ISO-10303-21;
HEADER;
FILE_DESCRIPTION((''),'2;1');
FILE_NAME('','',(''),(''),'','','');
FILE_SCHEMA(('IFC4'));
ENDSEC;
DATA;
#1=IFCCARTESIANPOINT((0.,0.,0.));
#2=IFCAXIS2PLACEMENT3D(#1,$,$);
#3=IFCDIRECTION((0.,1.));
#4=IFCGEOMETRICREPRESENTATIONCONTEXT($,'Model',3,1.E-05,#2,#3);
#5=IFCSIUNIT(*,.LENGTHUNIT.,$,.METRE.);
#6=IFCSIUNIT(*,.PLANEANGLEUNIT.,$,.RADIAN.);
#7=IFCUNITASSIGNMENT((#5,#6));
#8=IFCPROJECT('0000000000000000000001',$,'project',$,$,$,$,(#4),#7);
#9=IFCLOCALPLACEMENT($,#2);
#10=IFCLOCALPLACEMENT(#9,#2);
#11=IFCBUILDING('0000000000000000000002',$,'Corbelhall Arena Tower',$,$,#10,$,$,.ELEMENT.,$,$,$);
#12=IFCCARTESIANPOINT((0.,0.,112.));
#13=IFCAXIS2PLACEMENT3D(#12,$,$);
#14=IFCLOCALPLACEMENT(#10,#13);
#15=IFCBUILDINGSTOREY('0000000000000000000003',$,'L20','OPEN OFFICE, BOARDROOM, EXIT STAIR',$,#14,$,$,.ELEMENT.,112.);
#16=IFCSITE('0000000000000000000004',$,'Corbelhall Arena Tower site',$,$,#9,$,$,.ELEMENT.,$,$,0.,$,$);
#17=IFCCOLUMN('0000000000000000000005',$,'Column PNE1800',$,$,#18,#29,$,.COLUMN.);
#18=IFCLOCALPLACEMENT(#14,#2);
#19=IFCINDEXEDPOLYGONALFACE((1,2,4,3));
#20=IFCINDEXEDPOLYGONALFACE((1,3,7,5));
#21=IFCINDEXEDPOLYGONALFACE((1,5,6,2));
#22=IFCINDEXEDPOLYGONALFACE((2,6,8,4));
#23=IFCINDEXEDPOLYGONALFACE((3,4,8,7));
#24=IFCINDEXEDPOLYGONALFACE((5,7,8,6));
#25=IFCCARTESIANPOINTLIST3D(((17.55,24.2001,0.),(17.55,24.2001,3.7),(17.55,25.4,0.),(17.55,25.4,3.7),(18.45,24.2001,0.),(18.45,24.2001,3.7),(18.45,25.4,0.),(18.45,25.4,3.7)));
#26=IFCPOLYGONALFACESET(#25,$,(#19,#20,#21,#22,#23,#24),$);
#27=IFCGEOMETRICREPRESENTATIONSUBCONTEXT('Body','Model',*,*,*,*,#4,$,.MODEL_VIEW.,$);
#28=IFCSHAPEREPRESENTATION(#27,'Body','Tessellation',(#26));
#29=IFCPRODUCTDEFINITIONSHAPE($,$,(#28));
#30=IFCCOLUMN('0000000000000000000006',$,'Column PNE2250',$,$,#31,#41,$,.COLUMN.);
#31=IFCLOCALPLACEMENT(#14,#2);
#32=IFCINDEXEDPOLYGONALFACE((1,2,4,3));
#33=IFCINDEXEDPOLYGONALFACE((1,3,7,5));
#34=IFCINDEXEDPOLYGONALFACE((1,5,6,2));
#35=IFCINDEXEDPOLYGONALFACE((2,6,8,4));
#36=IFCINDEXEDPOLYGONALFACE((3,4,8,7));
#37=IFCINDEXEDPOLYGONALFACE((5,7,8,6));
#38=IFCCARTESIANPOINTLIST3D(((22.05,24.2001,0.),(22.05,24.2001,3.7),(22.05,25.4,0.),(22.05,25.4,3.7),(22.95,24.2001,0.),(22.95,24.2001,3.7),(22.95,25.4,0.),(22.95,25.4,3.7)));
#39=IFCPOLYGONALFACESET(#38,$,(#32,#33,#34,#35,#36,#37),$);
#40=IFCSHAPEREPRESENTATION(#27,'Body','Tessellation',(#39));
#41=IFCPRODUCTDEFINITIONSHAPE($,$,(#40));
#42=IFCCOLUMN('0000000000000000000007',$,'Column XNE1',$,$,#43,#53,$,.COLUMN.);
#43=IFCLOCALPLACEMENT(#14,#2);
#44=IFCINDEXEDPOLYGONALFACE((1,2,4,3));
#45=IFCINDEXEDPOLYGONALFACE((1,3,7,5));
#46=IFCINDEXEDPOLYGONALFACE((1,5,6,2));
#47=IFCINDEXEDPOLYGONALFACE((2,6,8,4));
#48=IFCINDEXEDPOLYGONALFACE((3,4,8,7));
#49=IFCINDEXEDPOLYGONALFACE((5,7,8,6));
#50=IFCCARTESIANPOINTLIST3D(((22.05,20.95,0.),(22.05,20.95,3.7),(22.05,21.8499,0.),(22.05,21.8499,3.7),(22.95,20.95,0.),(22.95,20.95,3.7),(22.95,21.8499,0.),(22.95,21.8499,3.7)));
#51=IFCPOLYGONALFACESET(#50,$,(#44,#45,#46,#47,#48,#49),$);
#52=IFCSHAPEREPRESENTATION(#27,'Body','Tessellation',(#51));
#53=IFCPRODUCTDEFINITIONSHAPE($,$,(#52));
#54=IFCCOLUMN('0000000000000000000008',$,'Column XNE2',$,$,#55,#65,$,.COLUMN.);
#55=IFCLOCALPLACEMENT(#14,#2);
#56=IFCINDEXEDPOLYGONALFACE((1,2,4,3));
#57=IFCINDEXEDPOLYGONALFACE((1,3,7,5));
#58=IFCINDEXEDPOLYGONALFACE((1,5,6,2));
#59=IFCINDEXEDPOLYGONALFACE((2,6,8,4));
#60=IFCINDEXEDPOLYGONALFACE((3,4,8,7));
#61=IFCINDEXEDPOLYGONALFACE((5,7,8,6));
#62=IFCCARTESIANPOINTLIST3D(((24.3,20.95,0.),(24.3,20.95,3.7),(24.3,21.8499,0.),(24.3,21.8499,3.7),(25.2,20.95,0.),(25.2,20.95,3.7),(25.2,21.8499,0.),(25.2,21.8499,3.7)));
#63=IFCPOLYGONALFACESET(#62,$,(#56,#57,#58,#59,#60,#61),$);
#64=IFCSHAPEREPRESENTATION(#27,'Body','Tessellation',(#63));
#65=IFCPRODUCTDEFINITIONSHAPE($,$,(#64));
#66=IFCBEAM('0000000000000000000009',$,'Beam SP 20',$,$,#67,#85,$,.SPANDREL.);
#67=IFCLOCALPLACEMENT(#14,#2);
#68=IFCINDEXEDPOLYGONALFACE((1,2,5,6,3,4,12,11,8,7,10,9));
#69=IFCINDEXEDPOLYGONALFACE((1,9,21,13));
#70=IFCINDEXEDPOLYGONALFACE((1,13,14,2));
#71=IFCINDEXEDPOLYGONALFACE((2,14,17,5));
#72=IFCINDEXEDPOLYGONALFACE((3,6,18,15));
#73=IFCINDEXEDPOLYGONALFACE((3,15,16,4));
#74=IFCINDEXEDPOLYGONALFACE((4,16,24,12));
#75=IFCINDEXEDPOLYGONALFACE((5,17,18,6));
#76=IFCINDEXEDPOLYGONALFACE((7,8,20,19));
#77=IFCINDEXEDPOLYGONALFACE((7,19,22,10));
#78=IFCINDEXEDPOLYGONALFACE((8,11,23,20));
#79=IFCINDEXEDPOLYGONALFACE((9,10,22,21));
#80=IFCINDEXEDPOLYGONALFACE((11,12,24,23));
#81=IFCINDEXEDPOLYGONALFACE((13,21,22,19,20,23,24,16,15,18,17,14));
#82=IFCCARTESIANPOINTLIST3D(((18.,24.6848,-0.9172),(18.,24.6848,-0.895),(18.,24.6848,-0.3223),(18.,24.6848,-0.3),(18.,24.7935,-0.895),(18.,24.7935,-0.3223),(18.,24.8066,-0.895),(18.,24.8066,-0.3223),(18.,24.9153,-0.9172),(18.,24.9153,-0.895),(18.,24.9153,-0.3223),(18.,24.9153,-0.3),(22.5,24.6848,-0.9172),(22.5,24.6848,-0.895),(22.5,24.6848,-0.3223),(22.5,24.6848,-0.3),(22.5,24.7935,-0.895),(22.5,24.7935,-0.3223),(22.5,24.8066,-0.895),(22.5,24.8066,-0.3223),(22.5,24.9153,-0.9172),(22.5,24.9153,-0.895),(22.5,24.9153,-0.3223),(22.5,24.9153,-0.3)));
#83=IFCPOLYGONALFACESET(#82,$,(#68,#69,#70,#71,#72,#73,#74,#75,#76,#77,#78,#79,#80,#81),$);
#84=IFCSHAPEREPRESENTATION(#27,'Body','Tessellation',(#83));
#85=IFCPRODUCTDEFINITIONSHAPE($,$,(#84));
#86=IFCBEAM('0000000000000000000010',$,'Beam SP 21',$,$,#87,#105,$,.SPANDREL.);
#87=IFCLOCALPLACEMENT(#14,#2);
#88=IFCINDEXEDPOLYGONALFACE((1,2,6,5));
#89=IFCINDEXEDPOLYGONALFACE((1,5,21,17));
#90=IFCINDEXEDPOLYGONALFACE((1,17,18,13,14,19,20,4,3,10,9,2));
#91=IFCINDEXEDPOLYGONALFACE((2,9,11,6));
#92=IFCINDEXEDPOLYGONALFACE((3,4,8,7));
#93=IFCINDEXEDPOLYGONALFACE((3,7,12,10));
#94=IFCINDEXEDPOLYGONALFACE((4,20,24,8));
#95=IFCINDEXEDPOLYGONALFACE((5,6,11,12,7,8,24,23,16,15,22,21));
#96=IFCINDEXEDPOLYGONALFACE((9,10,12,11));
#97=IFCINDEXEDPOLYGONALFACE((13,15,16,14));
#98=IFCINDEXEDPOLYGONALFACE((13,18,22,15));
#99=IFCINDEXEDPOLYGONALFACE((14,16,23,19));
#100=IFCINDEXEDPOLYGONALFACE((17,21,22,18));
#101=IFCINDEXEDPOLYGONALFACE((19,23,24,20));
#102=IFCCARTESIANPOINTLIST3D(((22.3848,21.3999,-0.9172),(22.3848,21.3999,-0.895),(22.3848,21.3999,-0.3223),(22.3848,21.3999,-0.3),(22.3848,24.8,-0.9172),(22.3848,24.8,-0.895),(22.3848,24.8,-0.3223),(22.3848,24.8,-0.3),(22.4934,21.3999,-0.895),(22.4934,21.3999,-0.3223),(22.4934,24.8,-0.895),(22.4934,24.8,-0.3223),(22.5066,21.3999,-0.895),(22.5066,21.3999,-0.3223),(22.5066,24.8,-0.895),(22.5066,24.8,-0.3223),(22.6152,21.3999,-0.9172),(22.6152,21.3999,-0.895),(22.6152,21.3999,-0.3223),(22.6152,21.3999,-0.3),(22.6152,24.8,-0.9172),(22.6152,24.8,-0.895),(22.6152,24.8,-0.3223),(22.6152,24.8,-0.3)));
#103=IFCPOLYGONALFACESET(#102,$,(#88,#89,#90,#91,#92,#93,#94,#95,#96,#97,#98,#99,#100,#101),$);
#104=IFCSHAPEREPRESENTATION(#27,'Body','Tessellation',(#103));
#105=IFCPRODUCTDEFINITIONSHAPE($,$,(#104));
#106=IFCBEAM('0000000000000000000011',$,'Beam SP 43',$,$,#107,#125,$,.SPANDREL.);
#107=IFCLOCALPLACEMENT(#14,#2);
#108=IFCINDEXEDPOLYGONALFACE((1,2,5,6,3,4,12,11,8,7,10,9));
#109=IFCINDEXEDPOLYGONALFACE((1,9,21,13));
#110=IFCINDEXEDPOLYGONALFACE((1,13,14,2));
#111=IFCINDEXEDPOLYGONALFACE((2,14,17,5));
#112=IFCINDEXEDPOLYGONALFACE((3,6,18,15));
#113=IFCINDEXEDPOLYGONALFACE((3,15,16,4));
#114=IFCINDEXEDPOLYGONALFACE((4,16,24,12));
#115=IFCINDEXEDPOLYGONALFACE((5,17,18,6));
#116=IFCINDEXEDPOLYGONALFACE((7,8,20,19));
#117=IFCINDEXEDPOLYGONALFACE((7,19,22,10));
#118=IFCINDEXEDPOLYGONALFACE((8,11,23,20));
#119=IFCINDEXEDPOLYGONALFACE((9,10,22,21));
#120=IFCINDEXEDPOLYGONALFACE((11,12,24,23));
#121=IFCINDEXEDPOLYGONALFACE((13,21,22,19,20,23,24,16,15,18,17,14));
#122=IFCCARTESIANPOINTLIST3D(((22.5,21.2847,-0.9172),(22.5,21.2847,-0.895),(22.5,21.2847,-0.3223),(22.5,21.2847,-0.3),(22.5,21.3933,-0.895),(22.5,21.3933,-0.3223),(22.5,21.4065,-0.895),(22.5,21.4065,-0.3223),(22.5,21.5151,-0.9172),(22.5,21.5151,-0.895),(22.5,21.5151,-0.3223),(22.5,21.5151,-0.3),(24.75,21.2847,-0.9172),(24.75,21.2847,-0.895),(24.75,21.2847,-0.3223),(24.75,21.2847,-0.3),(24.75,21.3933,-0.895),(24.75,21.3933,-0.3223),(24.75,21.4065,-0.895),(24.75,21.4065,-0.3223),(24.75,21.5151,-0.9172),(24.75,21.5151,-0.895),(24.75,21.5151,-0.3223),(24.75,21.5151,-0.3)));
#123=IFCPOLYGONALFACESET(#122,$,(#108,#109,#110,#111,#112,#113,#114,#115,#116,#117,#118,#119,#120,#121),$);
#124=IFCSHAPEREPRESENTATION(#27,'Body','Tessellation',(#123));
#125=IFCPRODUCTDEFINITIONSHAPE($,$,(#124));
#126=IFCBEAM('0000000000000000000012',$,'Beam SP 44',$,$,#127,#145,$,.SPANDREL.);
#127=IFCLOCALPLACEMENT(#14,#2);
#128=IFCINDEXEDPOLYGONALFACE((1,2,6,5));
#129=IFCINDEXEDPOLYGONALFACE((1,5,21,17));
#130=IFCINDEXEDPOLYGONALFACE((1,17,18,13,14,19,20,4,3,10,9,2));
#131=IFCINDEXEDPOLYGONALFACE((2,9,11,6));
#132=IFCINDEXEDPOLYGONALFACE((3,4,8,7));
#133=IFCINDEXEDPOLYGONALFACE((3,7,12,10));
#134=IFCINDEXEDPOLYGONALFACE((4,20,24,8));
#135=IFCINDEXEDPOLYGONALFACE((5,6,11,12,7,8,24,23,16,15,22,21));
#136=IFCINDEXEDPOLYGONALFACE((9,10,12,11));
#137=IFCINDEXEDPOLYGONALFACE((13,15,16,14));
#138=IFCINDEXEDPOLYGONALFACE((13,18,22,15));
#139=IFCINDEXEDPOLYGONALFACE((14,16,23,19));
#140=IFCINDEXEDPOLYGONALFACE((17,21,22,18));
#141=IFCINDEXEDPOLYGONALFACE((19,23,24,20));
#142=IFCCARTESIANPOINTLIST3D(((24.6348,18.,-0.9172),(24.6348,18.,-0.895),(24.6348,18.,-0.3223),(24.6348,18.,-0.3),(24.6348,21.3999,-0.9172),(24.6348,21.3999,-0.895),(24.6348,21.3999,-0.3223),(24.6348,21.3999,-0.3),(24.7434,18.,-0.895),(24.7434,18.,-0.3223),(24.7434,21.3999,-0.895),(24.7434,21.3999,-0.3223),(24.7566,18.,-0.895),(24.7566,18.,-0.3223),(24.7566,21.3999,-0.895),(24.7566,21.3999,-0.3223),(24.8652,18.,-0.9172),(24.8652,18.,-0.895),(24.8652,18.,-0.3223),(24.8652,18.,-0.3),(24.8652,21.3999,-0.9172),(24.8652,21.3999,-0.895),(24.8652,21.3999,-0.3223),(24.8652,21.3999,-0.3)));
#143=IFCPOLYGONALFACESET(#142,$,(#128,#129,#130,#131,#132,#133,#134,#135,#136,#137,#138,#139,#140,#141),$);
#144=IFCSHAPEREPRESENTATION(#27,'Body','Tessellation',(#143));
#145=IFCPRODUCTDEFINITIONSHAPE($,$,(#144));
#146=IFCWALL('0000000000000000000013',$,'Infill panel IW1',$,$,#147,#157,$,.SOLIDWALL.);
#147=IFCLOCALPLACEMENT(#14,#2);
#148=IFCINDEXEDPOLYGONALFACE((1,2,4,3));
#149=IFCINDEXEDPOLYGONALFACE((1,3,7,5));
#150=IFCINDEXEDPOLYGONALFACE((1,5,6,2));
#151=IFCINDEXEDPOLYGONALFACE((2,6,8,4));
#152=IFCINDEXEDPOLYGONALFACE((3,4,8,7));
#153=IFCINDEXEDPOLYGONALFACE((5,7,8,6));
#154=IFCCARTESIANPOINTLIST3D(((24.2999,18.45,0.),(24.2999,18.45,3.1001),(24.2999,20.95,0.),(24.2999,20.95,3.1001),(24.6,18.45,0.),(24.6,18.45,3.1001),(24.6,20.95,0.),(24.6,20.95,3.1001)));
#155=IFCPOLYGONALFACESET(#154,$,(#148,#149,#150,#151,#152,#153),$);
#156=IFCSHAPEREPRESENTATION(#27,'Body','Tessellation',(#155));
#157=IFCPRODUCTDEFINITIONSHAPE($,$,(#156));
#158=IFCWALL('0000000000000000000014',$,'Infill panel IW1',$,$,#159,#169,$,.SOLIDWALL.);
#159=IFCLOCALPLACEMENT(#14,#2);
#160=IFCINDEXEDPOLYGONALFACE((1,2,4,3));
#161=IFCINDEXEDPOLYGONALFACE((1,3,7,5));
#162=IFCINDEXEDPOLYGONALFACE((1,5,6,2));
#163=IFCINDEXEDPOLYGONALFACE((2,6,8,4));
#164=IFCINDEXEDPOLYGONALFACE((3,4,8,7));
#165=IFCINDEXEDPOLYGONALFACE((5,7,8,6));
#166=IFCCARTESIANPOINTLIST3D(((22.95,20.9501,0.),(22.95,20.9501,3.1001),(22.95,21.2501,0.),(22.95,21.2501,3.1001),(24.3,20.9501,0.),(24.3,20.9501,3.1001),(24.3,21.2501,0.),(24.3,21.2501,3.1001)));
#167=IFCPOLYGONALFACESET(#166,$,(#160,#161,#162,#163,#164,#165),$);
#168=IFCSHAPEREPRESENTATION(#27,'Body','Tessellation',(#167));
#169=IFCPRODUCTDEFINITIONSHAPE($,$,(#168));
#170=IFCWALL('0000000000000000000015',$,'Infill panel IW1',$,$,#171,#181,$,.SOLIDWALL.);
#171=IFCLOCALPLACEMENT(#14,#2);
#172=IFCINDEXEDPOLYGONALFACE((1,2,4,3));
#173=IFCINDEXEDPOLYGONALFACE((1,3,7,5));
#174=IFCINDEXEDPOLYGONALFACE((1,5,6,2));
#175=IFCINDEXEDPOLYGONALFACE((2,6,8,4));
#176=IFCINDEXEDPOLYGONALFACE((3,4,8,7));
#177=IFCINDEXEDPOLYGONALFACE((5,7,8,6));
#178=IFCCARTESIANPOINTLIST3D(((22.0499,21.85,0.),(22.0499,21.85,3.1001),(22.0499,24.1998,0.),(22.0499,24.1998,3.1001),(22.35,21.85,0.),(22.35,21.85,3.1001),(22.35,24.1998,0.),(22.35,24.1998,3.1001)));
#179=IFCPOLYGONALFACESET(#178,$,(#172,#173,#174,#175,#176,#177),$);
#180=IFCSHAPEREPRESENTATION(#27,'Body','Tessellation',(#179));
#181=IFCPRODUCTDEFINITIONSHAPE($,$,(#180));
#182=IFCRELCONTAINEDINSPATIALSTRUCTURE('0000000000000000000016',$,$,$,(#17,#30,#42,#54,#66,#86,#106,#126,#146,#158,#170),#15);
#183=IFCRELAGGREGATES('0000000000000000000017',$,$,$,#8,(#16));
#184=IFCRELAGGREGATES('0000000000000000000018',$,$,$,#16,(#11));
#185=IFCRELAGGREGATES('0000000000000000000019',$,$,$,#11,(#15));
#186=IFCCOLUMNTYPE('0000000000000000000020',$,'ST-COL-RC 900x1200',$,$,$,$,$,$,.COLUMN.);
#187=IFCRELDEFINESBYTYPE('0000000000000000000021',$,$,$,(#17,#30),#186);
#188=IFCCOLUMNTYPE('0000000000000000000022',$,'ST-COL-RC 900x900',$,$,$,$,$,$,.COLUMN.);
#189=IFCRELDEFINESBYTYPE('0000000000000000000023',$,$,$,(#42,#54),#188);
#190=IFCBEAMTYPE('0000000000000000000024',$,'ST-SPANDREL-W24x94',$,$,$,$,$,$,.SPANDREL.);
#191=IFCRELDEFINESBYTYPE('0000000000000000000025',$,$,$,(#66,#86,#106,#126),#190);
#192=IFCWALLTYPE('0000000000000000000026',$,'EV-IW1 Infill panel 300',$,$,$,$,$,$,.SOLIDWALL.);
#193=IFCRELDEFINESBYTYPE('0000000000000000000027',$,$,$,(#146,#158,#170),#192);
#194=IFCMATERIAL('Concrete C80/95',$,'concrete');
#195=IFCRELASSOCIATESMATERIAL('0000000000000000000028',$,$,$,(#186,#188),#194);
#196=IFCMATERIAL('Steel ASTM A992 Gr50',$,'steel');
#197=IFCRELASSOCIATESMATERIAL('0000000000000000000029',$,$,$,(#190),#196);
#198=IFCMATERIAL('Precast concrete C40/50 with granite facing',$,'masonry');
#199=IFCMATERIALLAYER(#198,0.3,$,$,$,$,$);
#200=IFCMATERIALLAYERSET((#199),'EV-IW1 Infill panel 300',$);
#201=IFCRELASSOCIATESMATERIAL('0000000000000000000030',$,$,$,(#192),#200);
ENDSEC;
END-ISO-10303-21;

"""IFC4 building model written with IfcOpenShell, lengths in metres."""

from ifc_helpers import new_model, si_unit, direction, frame, frame_2d, origin, origin_2d, place, context, subcontext, project, spatial, rectangle, i_section, extrude, material, layer, layer_set, material_profile, profile_set, type_object, element, save


model = new_model("IFC4")

# Units and contexts
model_context = context("Model", 3, precision=1e-05, world=origin(), true_north=direction((0.0, 1.0)))
body_context = subcontext(model_context, "Body", "Model", "MODEL_VIEW")
ifc_project = project(units=[si_unit("LENGTHUNIT", "METRE"), si_unit("PLANEANGLEUNIT", "RADIAN")], contexts=[model_context])

# Site, building, storey
site_placement = place(None, origin())
site = spatial("IfcSite", under=ifc_project, at=site_placement, Name="Corbelhall Arena Tower site", CompositionType="ELEMENT", RefElevation=0.0)
building_placement = place(site_placement, origin())
building = spatial("IfcBuilding", under=site, at=building_placement, Name="Corbelhall Arena Tower", CompositionType="ELEMENT")
storey_placement = place(building_placement, frame((0.0, 0.0, 112.0)))
storey = spatial("IfcBuildingStorey", under=building, at=storey_placement, Name="L20", Description="OPEN OFFICE, BOARDROOM, EXIT STAIR", CompositionType="ELEMENT", Elevation=112.0)

# Columns
ifc_material_1 = material(Name="Concrete C80/95", Category="concrete")
ifc_material_profile_1 = material_profile(ifc_material_1, rectangle(XDim=0.8999, YDim=1.2, at=origin_2d()))
ifc_profile_set_1 = profile_set([ifc_material_profile_1], Name="Concrete C80/95")
column_type_1 = type_object("IfcColumnType", Name="ST-COL-RC 900x1200", PredefinedType="COLUMN", material=ifc_profile_set_1)
for number, where, z_axis, x_axis, name in (
    (1, (18.0, 24.8, 0.0), (0.0, 0.0, 1.0), (1.0, 0.0, 0.0), "Column PNE1800"),
    (2, (22.5, 24.8, 0.0), (0.0, 0.0, 1.0), (1.0, 0.0, 0.0), "Column PNE2250"),
):
    element("IfcColumn", number, at=place(storey_placement, frame(where, z_axis=z_axis, x_axis=x_axis)), inside=storey, type_object=column_type_1, Name=name, PredefinedType="COLUMN", context=body_context, shape_type="SweptSolid", body=[
        extrude(rectangle(XDim=0.8999, YDim=1.2, at=origin_2d()), origin(), (0.0, 0.0, 1.0), 3.7),
    ])
ifc_material_profile_2 = material_profile(ifc_material_1, rectangle(XDim=0.8999, YDim=0.8999, at=origin_2d()))
ifc_profile_set_2 = profile_set([ifc_material_profile_2], Name="Concrete C80/95")
column_type_2 = type_object("IfcColumnType", Name="ST-COL-RC 900x900", PredefinedType="COLUMN", material=ifc_profile_set_2)
for number, where, z_axis, x_axis, name in (
    (3, (22.5, 21.3999, 0.0), (0.0, 0.0, 1.0), (1.0, 0.0, 0.0), "Column XNE1"),
    (4, (24.75, 21.3999, 0.0), (0.0, 0.0, 1.0), (1.0, 0.0, 0.0), "Column XNE2"),
):
    element("IfcColumn", number, at=place(storey_placement, frame(where, z_axis=z_axis, x_axis=x_axis)), inside=storey, type_object=column_type_2, Name=name, PredefinedType="COLUMN", context=body_context, shape_type="SweptSolid", body=[
        extrude(rectangle(XDim=0.8999, YDim=0.8999, at=origin_2d()), origin(), (0.0, 0.0, 1.0), 3.7),
    ])

# Beams
ifc_material_2 = material(Name="Steel ASTM A992 Gr50", Category="steel")
ifc_material_profile_3 = material_profile(ifc_material_2, i_section(OverallWidth=0.2305, OverallDepth=0.6172, WebThickness=0.0132, FlangeThickness=0.0222, at=origin_2d()))
ifc_profile_set_3 = profile_set([ifc_material_profile_3], Name="Steel ASTM A992 Gr50")
beam_type = type_object("IfcBeamType", Name="ST-SPANDREL-W24x94", PredefinedType="SPANDREL", material=ifc_profile_set_3)
beam_1_placement = place(storey_placement, frame((18.0, 24.8, -0.6086), z_axis=(1.0, 0.0, 0.0), x_axis=(0.0, 1.0, 0.0)))
element("IfcBeam", 5, at=beam_1_placement, inside=storey, type_object=beam_type, Name="Beam SP 20", PredefinedType="SPANDREL", context=body_context, shape_type="SweptSolid", body=[
    extrude(i_section(OverallWidth=0.2305, OverallDepth=0.6172, WebThickness=0.0132, FlangeThickness=0.0222, at=origin_2d()), origin(), (0.0, 0.0, 1.0), 4.5),
])
beam_2_placement = place(storey_placement, frame((22.5, 24.8, -0.6086), z_axis=(0.0, -1.0, 0.0), x_axis=(1.0, 0.0, 0.0)))
element("IfcBeam", 6, at=beam_2_placement, inside=storey, type_object=beam_type, Name="Beam SP 21", PredefinedType="SPANDREL", context=body_context, shape_type="SweptSolid", body=[
    extrude(i_section(OverallWidth=0.2305, OverallDepth=0.6172, WebThickness=0.0132, FlangeThickness=0.0222, at=origin_2d()), origin(), (0.0, 0.0, 1.0), 3.4001),
])
beam_3_placement = place(storey_placement, frame((22.5, 21.3999, -0.6086), z_axis=(1.0, 0.0, 0.0), x_axis=(0.0, 1.0, 0.0)))
element("IfcBeam", 7, at=beam_3_placement, inside=storey, type_object=beam_type, Name="Beam SP 43", PredefinedType="SPANDREL", context=body_context, shape_type="SweptSolid", body=[
    extrude(i_section(OverallWidth=0.2305, OverallDepth=0.6172, WebThickness=0.0132, FlangeThickness=0.0222, at=origin_2d()), origin(), (0.0, 0.0, 1.0), 2.25),
])
beam_4_placement = place(storey_placement, frame((24.75, 21.3999, -0.6086), z_axis=(0.0, -1.0, 0.0), x_axis=(1.0, 0.0, 0.0)))
element("IfcBeam", 8, at=beam_4_placement, inside=storey, type_object=beam_type, Name="Beam SP 44", PredefinedType="SPANDREL", context=body_context, shape_type="SweptSolid", body=[
    extrude(i_section(OverallWidth=0.2305, OverallDepth=0.6172, WebThickness=0.0132, FlangeThickness=0.0222, at=origin_2d()), origin(), (0.0, 0.0, 1.0), 3.3999),
])

# Walls
ifc_material_3 = material(Name="Precast concrete C40/50 with granite facing", Category="masonry")
ifc_layer_1 = layer(ifc_material_3, 0.3)
ifc_layer_set_1 = layer_set([ifc_layer_1], Name="EV-IW1 Infill panel 300")
wall_type_1 = type_object("IfcWallType", Name="EV-IW1 Infill panel 300", PredefinedType="SOLIDWALL", material=ifc_layer_set_1)
wall_1_placement = place(storey_placement, frame((24.45, 18.45, 0.0), z_axis=(0.0, 0.0, 1.0), x_axis=(0.0, 1.0, 0.0)))
element("IfcWall", 9, at=wall_1_placement, inside=storey, type_object=wall_type_1, Name="Infill panel IW1", PredefinedType="SOLIDWALL", context=body_context, shape_type="SweptSolid", body=[
    extrude(rectangle(XDim=2.5, YDim=0.3, at=frame_2d((1.25, 0.0))), origin(), (0.0, 0.0, 1.0), 3.1001),
])
wall_2_placement = place(storey_placement, frame((24.3, 21.1001, 0.0), z_axis=(0.0, 0.0, 1.0), x_axis=(-1.0, 0.0, 0.0)))
element("IfcWall", 10, at=wall_2_placement, inside=storey, type_object=wall_type_1, Name="Infill panel IW1", PredefinedType="SOLIDWALL", context=body_context, shape_type="SweptSolid", body=[
    extrude(rectangle(XDim=1.3501, YDim=0.3, at=frame_2d((0.675, 0.0))), origin(), (0.0, 0.0, 1.0), 3.1001),
])
wall_3_placement = place(storey_placement, frame((22.2, 21.8501, 0.0), z_axis=(0.0, 0.0, 1.0), x_axis=(0.0, 1.0, 0.0)))
element("IfcWall", 11, at=wall_3_placement, inside=storey, type_object=wall_type_1, Name="Infill panel IW1", PredefinedType="SOLIDWALL", context=body_context, shape_type="SweptSolid", body=[
    extrude(rectangle(XDim=2.3499, YDim=0.3, at=frame_2d((1.1748, 0.0))), origin(), (0.0, 0.0, 1.0), 3.1001),
])

save(model, "model.ifc")
